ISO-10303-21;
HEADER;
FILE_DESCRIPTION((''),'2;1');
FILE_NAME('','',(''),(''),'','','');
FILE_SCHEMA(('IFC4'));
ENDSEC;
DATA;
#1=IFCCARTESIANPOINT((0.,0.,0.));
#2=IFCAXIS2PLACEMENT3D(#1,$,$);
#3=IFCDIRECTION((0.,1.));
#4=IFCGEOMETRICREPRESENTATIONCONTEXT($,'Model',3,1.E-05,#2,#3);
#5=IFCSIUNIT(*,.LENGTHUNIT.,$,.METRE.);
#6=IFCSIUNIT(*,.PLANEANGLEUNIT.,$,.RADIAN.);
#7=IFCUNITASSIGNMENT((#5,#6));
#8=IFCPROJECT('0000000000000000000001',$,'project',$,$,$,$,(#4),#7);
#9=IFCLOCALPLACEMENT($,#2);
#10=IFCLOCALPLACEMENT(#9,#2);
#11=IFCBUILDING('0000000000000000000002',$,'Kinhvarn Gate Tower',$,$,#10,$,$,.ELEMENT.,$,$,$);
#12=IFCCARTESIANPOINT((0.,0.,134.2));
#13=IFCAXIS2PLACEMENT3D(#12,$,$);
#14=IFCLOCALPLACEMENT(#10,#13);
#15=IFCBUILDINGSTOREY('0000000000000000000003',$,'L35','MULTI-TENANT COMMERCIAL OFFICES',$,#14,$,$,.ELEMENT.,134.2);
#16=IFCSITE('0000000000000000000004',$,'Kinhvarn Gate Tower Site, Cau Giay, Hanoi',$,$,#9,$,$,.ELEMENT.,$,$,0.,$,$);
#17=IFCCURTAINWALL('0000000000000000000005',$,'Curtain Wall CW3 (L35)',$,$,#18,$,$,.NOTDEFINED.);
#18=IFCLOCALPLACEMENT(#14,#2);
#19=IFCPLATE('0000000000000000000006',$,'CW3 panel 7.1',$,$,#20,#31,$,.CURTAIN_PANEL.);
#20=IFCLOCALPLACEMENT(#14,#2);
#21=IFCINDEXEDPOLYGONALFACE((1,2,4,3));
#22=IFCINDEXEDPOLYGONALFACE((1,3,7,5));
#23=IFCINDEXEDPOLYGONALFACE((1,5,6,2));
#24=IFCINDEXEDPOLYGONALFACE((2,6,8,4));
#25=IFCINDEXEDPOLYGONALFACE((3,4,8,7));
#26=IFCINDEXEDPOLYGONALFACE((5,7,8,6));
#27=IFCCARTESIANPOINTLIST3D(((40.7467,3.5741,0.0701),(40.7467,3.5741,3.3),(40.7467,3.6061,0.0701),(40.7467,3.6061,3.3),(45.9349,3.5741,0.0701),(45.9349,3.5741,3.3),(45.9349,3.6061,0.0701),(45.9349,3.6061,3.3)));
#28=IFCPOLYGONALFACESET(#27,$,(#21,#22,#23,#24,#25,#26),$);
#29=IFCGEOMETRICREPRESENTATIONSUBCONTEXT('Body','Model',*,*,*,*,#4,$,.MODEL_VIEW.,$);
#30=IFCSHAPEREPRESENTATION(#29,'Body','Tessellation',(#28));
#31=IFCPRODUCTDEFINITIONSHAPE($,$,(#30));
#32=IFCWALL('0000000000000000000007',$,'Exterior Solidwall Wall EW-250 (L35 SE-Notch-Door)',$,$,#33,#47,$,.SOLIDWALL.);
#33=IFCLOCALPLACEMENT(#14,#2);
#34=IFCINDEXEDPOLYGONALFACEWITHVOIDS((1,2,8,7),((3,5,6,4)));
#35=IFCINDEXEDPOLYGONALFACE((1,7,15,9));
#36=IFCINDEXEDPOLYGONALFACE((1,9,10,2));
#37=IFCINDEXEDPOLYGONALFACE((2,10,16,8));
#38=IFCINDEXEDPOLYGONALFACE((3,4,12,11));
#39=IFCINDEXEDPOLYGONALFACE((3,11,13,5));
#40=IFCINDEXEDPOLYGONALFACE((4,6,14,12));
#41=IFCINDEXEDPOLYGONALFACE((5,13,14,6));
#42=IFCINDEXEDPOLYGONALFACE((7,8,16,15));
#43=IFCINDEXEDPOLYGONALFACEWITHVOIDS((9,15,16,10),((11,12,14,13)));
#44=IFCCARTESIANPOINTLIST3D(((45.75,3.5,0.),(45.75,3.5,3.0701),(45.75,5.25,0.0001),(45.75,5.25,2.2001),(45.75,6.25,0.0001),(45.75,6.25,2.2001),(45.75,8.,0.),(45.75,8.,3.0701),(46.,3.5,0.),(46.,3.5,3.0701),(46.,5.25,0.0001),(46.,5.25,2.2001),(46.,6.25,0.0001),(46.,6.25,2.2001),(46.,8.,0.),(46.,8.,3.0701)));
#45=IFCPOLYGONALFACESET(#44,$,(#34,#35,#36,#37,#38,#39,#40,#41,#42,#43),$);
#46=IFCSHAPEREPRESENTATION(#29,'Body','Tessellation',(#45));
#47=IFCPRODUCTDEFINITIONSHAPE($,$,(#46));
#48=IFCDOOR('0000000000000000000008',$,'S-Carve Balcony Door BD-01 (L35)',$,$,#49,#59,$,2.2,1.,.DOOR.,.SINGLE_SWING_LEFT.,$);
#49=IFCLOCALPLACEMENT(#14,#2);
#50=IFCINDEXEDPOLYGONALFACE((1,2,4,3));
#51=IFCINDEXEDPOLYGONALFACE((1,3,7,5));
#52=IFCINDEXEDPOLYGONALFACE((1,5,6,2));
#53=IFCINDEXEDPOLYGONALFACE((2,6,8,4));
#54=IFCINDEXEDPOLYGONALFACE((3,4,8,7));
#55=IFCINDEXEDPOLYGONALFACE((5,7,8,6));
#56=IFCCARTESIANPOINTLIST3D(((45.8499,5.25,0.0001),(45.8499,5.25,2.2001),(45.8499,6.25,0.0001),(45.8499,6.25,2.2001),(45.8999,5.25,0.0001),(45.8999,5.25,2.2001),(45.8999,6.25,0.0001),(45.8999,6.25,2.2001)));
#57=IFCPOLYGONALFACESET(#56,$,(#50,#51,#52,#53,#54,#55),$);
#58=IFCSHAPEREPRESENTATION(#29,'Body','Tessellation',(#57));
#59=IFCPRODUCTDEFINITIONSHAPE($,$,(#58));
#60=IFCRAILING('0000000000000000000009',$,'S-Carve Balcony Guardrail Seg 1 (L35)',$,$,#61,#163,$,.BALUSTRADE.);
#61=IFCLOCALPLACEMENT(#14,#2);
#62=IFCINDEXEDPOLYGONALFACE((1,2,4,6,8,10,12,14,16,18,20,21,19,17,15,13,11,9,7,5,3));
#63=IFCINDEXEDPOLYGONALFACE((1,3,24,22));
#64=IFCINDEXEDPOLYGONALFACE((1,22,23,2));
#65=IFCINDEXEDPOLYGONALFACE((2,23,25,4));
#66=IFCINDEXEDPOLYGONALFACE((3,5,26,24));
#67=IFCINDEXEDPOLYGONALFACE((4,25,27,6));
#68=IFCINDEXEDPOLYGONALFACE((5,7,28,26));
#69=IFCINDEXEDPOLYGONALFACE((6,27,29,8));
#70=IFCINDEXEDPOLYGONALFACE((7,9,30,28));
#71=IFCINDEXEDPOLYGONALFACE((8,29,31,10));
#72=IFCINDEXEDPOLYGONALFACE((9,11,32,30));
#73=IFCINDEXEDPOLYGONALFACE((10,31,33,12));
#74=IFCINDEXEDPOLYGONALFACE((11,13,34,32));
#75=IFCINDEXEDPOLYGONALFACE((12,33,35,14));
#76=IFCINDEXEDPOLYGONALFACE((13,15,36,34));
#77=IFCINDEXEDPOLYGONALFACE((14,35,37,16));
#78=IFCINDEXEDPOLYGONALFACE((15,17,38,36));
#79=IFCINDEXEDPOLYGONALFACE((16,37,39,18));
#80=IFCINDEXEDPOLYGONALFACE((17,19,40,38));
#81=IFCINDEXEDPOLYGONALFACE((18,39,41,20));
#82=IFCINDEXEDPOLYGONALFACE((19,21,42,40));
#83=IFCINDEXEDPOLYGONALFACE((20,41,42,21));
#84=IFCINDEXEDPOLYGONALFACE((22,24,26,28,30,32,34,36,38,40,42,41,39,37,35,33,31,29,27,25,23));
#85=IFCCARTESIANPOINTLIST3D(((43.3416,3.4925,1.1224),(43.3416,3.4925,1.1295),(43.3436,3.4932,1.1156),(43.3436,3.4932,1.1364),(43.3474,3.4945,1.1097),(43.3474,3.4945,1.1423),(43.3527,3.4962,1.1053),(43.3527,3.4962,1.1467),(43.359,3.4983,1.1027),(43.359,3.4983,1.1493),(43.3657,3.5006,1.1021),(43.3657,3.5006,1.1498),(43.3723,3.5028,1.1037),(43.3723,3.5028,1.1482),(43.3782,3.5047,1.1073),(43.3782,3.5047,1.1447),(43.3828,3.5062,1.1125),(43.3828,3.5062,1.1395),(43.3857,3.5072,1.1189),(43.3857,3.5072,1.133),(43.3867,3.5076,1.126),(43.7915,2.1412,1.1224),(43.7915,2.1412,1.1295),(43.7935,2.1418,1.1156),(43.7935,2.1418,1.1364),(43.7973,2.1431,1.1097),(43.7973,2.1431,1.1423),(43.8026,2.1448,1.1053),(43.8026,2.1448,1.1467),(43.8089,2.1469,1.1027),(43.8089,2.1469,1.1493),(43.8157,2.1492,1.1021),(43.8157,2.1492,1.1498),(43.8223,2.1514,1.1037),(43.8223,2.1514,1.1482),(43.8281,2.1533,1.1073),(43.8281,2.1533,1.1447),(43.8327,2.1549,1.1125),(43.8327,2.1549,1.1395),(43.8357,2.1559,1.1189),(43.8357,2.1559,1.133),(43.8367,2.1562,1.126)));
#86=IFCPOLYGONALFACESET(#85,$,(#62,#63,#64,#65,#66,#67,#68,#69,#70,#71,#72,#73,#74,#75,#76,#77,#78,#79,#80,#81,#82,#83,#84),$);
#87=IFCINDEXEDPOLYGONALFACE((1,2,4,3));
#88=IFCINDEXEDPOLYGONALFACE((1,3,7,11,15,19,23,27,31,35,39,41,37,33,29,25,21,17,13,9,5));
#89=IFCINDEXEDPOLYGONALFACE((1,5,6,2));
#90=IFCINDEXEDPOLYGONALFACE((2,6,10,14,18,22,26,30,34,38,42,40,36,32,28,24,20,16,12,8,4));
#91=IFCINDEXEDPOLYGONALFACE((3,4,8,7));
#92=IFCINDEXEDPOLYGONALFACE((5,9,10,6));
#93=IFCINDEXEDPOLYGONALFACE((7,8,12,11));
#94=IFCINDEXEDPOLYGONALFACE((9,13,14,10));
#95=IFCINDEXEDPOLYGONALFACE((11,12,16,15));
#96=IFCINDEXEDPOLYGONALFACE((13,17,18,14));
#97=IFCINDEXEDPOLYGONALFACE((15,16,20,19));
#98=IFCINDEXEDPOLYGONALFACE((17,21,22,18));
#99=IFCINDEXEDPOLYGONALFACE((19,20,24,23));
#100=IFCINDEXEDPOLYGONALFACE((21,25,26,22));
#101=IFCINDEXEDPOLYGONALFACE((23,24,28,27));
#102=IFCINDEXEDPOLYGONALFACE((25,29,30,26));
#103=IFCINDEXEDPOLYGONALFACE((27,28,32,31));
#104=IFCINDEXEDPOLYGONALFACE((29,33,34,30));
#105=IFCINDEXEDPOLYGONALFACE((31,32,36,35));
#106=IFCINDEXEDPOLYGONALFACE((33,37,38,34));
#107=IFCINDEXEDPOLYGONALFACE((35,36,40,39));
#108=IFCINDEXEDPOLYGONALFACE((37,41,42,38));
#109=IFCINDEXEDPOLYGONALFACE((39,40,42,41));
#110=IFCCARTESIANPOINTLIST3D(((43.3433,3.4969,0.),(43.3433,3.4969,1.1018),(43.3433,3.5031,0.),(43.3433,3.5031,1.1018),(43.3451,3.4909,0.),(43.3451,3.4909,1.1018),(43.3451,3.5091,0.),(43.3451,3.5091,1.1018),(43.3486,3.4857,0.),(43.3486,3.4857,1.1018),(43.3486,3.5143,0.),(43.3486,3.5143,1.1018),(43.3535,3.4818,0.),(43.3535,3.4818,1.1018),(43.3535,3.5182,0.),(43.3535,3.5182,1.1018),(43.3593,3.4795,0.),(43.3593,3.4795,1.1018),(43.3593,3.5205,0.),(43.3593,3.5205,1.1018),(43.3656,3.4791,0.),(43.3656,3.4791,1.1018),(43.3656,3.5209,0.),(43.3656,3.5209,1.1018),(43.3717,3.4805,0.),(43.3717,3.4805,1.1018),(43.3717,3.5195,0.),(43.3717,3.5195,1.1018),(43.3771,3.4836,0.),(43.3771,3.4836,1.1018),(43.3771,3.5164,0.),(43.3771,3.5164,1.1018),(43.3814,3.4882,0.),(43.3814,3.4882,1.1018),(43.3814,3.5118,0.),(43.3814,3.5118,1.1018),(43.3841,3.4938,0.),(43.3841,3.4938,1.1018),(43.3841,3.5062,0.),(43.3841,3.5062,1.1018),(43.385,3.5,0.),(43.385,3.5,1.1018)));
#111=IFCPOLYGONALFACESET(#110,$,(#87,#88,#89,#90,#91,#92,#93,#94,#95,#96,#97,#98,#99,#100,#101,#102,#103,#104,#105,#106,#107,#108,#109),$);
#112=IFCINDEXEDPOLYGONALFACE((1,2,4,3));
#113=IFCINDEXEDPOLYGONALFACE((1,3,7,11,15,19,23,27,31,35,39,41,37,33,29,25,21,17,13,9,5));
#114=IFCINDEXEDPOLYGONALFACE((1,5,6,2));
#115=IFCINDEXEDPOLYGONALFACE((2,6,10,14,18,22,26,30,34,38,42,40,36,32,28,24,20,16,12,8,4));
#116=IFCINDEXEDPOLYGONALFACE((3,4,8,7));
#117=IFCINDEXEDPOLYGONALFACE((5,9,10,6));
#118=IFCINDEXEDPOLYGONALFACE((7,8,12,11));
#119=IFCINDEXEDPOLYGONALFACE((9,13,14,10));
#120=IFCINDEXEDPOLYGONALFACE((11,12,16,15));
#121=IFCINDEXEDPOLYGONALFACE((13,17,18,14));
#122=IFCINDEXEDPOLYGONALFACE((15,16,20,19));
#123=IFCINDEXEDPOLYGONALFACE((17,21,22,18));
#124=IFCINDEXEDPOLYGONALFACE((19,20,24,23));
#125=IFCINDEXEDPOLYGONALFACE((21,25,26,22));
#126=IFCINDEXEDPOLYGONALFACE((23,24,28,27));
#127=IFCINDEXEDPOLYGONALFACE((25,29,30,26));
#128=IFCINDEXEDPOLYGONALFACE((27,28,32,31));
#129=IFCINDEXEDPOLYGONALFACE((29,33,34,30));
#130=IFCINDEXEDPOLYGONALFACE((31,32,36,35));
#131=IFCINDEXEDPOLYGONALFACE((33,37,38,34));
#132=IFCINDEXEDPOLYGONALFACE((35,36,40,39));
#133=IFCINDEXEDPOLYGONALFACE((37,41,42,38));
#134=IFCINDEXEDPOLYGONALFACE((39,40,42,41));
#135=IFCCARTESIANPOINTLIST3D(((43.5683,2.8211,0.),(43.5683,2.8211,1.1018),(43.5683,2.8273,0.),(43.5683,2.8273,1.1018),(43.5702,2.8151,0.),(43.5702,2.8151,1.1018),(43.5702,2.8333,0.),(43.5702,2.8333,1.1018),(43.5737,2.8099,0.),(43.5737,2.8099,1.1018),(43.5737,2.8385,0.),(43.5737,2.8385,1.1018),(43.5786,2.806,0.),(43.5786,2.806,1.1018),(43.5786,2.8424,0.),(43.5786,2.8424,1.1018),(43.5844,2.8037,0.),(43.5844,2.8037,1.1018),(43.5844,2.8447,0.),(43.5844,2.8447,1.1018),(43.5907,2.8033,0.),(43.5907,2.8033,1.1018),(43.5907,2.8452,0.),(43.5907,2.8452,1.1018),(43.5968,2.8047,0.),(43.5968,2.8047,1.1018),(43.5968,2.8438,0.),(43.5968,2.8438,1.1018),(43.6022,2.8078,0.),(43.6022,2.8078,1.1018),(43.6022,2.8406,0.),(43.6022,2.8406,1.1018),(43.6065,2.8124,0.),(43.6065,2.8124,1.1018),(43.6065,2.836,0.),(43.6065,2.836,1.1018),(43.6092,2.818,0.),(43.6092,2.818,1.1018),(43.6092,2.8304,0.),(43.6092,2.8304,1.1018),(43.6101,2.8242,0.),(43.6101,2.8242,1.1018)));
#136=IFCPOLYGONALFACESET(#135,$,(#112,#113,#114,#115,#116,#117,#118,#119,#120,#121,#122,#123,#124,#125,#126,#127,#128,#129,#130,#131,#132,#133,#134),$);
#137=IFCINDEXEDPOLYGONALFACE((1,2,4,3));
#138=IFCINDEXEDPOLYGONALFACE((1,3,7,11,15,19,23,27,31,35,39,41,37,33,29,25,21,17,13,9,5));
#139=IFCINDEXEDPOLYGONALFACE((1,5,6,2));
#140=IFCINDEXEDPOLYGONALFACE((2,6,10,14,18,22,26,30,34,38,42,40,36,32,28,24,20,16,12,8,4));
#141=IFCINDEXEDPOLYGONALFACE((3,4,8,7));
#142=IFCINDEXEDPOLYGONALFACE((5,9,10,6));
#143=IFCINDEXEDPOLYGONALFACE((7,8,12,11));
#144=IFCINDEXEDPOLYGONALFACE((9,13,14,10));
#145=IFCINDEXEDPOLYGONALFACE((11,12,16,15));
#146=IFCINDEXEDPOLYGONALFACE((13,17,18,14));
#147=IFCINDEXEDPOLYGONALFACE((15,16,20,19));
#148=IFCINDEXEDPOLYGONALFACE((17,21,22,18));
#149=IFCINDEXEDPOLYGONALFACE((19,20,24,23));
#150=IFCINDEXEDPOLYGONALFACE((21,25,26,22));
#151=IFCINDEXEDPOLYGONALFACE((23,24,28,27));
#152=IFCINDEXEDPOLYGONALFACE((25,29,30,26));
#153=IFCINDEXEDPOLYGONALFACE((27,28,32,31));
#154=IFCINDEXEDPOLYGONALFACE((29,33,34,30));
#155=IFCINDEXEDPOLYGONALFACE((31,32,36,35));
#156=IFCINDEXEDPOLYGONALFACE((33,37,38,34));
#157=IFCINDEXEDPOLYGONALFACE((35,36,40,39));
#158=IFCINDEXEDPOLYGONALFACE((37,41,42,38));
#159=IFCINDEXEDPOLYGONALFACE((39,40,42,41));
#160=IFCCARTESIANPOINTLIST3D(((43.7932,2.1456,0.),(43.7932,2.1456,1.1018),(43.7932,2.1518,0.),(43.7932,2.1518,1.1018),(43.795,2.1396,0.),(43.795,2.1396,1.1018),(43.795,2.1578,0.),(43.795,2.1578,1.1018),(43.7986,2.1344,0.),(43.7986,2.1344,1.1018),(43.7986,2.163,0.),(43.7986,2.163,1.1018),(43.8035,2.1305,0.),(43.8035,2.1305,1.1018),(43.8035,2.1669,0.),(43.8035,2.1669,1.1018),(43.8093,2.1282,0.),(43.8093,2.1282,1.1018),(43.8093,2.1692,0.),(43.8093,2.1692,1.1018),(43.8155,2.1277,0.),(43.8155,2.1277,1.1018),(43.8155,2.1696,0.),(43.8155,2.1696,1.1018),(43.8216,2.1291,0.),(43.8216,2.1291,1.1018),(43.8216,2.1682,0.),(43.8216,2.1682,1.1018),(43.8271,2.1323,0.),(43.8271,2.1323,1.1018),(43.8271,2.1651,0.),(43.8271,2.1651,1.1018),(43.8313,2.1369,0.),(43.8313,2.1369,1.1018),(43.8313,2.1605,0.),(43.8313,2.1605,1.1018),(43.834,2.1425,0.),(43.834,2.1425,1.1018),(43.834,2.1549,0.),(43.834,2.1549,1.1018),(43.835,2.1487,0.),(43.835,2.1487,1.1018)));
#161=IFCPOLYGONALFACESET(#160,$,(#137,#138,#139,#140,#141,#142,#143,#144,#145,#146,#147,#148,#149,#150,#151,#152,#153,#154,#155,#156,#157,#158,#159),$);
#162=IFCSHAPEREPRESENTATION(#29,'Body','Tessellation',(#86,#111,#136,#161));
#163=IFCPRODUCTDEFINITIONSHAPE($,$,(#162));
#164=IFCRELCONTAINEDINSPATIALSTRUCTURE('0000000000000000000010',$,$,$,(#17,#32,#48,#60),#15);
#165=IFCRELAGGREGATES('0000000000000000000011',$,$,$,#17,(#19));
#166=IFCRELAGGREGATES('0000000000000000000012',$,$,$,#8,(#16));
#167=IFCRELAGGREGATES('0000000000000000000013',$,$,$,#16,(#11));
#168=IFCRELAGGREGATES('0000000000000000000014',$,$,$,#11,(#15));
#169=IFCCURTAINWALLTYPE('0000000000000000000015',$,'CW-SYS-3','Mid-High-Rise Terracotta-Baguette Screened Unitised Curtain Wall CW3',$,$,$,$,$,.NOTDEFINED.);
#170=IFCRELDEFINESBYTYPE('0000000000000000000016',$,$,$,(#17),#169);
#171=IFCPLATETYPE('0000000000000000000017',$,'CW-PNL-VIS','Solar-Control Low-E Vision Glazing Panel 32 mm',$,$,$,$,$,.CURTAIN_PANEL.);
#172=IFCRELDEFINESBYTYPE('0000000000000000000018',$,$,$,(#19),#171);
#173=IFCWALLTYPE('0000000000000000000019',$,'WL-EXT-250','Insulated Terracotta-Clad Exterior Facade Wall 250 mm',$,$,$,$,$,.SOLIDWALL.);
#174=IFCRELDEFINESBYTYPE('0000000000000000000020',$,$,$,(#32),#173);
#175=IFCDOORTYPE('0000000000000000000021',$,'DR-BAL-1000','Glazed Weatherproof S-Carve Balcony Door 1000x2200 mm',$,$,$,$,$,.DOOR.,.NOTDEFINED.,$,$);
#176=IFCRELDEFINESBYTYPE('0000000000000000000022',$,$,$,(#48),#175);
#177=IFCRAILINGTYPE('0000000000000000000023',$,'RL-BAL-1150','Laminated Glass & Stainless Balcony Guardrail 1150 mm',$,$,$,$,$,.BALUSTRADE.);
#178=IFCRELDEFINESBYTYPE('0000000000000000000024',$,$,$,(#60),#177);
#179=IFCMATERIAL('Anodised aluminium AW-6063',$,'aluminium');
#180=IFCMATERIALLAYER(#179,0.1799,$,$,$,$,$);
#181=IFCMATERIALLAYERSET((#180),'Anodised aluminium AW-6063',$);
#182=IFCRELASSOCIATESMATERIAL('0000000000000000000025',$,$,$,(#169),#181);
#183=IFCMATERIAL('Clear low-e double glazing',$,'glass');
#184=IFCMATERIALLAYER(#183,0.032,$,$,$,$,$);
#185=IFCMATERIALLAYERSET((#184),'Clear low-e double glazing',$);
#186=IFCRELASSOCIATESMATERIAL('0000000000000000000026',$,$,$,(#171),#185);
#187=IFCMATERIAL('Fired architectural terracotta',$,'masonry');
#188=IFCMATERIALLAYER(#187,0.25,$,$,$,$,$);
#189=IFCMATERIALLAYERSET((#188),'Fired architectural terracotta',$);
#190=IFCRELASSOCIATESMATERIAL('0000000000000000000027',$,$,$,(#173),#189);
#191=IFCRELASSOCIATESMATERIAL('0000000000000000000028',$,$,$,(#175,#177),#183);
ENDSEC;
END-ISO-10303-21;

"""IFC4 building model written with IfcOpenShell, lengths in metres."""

from ifc_helpers import new_model, si_unit, direction, frame, frame_2d, origin, origin_2d, place, context, subcontext, project, spatial, rectangle, circle, extrude, material, layer, layer_set, type_object, element, fill, aggregate, save


model = new_model("IFC4")

# Units and contexts
model_context = context("Model", 3, precision=1e-05, world=origin(), true_north=direction((0.0, 1.0)))
body_context = subcontext(model_context, "Body", "Model", "MODEL_VIEW")
ifc_project = project(units=[si_unit("LENGTHUNIT", "METRE"), si_unit("PLANEANGLEUNIT", "RADIAN")], contexts=[model_context])

# Site, building, storey
site_placement = place(None, origin())
site = spatial("IfcSite", under=ifc_project, at=site_placement, Name="Kinhvarn Gate Tower Site, Cau Giay, Hanoi", CompositionType="ELEMENT", RefElevation=0.0)
building_placement = place(site_placement, origin())
building = spatial("IfcBuilding", under=site, at=building_placement, Name="Kinhvarn Gate Tower", CompositionType="ELEMENT")
storey_placement = place(building_placement, frame((0.0, 0.0, 134.2)))
storey = spatial("IfcBuildingStorey", under=building, at=storey_placement, Name="L35", Description="MULTI-TENANT COMMERCIAL OFFICES", CompositionType="ELEMENT", Elevation=134.2)

# Curtain wall
ifc_material_1 = material(Name="Anodised aluminium AW-6063", Category="aluminium")
ifc_layer_1 = layer(ifc_material_1, 0.1799)
ifc_layer_set_1 = layer_set([ifc_layer_1], Name="Anodised aluminium AW-6063")
curtain_wall_type = type_object("IfcCurtainWallType", Name="CW-SYS-3", Description="Mid-High-Rise Terracotta-Baguette Screened Unitised Curtain Wall CW3", PredefinedType="NOTDEFINED", material=ifc_layer_set_1)
curtain_wall_1_placement = place(storey_placement, origin())
curtain_wall_1 = element("IfcCurtainWall", 1, at=curtain_wall_1_placement, inside=storey, type_object=curtain_wall_type, Name="Curtain Wall CW3 (L35)", PredefinedType="NOTDEFINED")

# Plate
ifc_material_2 = material(Name="Clear low-e double glazing", Category="glass")
ifc_layer_2 = layer(ifc_material_2, 0.032)
ifc_layer_set_2 = layer_set([ifc_layer_2], Name="Clear low-e double glazing")
plate_type = type_object("IfcPlateType", Name="CW-PNL-VIS", Description="Solar-Control Low-E Vision Glazing Panel 32 mm", PredefinedType="CURTAIN_PANEL", material=ifc_layer_set_2)
plate_placement = place(storey_placement, frame((43.3408, 3.5901, 0.0701), z_axis=(0.0, 0.0, 1.0), x_axis=(1.0, 0.0, 0.0)))
plate = element("IfcPlate", 2, at=plate_placement, type_object=plate_type, Name="CW3 panel 7.1", PredefinedType="CURTAIN_PANEL", context=body_context, shape_type="SweptSolid", body=[
    extrude(rectangle(XDim=5.1882, YDim=0.032, at=origin_2d()), origin(), (0.0, 0.0, 1.0), 3.23),
])
aggregate(curtain_wall_1, [plate])

# Wall, opening, door
ifc_material_3 = material(Name="Fired architectural terracotta", Category="masonry")
ifc_layer_3 = layer(ifc_material_3, 0.25)
ifc_layer_set_3 = layer_set([ifc_layer_3], Name="Fired architectural terracotta")
wall_type = type_object("IfcWallType", Name="WL-EXT-250", Description="Insulated Terracotta-Clad Exterior Facade Wall 250 mm", PredefinedType="SOLIDWALL", material=ifc_layer_set_3)
wall_placement = place(storey_placement, frame((45.875, 3.5, 0.0), z_axis=(0.0, 0.0, 1.0), x_axis=(0.0, 1.0, 0.0)))
wall = element("IfcWall", 3, at=wall_placement, inside=storey, type_object=wall_type, Name="Exterior Solidwall Wall EW-250 (L35 SE-Notch-Door)", PredefinedType="SOLIDWALL", context=body_context, shape_type="SweptSolid", body=[
    extrude(rectangle(XDim=4.5, YDim=0.25, at=frame_2d((2.25, 0.0))), origin(), (0.0, 0.0, 1.0), 3.0701),
])
opening_placement = place(wall_placement, frame((1.75, 0.0, 0.0)))
opening = element("IfcOpeningElement", 4, at=opening_placement, cuts=wall, PredefinedType="OPENING", context=body_context, shape_type="SweptSolid", body=[
    extrude(rectangle(XDim=1.0, YDim=2.2, at=frame_2d((0.5, 1.1001))), frame((0.0, 0.135, 0.0), z_axis=(0.0, -1.0, 0.0), x_axis=(1.0, 0.0, 0.0)), (0.0, 0.0, 1.0), 0.27),
])
door_type = type_object("IfcDoorType", Name="DR-BAL-1000", Description="Glazed Weatherproof S-Carve Balcony Door 1000x2200 mm", OperationType="NOTDEFINED", PredefinedType="DOOR", material=ifc_material_2)
door_placement = place(opening_placement, frame((1.0, 0.0, 0.0), z_axis=(0.0, 0.0, 1.0), x_axis=(-1.0, 0.0, 0.0)))
door = element("IfcDoor", 5, at=door_placement, inside=storey, type_object=door_type, Name="S-Carve Balcony Door BD-01 (L35)", OperationType="SINGLE_SWING_LEFT", OverallHeight=2.2, OverallWidth=1.0, PredefinedType="DOOR", context=body_context, shape_type="SweptSolid", body=[
    extrude(rectangle(XDim=1.0, YDim=2.2, at=frame_2d((0.5, 1.1001))), frame((0.0, 0.0249, 0.0), z_axis=(0.0, -1.0, 0.0), x_axis=(1.0, 0.0, 0.0)), (0.0, 0.0, 1.0), 0.05),
])
fill(opening, door)

# Railing
railing_type = type_object("IfcRailingType", Name="RL-BAL-1150", Description="Laminated Glass & Stainless Balcony Guardrail 1150 mm", PredefinedType="BALUSTRADE", material=ifc_material_2)
railing_1_placement = place(storey_placement, frame((43.364, 3.5, 0.0)))
element("IfcRailing", 6, at=railing_1_placement, inside=storey, type_object=railing_type, Name="S-Carve Balcony Guardrail Seg 1 (L35)", PredefinedType="BALUSTRADE", context=body_context, shape_type="SweptSolid", body=[
    extrude(circle(Radius=0.0239, at=origin_2d()), frame((0.0, 0.0, 1.126), z_axis=(0.315919, -0.948786, 0.0), x_axis=(0.948786, 0.315919, 0.0)), (0.0, 0.0, 1.0), 1.4243),
    extrude(circle(Radius=0.021, at=origin_2d()), origin(), (0.0, 0.0, 1.0), 1.1018),
    extrude(circle(Radius=0.021, at=origin_2d()), frame((0.2251, -0.6758, 0.0)), (0.0, 0.0, 1.0), 1.1018),
    extrude(circle(Radius=0.021, at=origin_2d()), frame((0.45, -1.3513, 0.0)), (0.0, 0.0, 1.0), 1.1018),
])

save(model, "model.ifc")
